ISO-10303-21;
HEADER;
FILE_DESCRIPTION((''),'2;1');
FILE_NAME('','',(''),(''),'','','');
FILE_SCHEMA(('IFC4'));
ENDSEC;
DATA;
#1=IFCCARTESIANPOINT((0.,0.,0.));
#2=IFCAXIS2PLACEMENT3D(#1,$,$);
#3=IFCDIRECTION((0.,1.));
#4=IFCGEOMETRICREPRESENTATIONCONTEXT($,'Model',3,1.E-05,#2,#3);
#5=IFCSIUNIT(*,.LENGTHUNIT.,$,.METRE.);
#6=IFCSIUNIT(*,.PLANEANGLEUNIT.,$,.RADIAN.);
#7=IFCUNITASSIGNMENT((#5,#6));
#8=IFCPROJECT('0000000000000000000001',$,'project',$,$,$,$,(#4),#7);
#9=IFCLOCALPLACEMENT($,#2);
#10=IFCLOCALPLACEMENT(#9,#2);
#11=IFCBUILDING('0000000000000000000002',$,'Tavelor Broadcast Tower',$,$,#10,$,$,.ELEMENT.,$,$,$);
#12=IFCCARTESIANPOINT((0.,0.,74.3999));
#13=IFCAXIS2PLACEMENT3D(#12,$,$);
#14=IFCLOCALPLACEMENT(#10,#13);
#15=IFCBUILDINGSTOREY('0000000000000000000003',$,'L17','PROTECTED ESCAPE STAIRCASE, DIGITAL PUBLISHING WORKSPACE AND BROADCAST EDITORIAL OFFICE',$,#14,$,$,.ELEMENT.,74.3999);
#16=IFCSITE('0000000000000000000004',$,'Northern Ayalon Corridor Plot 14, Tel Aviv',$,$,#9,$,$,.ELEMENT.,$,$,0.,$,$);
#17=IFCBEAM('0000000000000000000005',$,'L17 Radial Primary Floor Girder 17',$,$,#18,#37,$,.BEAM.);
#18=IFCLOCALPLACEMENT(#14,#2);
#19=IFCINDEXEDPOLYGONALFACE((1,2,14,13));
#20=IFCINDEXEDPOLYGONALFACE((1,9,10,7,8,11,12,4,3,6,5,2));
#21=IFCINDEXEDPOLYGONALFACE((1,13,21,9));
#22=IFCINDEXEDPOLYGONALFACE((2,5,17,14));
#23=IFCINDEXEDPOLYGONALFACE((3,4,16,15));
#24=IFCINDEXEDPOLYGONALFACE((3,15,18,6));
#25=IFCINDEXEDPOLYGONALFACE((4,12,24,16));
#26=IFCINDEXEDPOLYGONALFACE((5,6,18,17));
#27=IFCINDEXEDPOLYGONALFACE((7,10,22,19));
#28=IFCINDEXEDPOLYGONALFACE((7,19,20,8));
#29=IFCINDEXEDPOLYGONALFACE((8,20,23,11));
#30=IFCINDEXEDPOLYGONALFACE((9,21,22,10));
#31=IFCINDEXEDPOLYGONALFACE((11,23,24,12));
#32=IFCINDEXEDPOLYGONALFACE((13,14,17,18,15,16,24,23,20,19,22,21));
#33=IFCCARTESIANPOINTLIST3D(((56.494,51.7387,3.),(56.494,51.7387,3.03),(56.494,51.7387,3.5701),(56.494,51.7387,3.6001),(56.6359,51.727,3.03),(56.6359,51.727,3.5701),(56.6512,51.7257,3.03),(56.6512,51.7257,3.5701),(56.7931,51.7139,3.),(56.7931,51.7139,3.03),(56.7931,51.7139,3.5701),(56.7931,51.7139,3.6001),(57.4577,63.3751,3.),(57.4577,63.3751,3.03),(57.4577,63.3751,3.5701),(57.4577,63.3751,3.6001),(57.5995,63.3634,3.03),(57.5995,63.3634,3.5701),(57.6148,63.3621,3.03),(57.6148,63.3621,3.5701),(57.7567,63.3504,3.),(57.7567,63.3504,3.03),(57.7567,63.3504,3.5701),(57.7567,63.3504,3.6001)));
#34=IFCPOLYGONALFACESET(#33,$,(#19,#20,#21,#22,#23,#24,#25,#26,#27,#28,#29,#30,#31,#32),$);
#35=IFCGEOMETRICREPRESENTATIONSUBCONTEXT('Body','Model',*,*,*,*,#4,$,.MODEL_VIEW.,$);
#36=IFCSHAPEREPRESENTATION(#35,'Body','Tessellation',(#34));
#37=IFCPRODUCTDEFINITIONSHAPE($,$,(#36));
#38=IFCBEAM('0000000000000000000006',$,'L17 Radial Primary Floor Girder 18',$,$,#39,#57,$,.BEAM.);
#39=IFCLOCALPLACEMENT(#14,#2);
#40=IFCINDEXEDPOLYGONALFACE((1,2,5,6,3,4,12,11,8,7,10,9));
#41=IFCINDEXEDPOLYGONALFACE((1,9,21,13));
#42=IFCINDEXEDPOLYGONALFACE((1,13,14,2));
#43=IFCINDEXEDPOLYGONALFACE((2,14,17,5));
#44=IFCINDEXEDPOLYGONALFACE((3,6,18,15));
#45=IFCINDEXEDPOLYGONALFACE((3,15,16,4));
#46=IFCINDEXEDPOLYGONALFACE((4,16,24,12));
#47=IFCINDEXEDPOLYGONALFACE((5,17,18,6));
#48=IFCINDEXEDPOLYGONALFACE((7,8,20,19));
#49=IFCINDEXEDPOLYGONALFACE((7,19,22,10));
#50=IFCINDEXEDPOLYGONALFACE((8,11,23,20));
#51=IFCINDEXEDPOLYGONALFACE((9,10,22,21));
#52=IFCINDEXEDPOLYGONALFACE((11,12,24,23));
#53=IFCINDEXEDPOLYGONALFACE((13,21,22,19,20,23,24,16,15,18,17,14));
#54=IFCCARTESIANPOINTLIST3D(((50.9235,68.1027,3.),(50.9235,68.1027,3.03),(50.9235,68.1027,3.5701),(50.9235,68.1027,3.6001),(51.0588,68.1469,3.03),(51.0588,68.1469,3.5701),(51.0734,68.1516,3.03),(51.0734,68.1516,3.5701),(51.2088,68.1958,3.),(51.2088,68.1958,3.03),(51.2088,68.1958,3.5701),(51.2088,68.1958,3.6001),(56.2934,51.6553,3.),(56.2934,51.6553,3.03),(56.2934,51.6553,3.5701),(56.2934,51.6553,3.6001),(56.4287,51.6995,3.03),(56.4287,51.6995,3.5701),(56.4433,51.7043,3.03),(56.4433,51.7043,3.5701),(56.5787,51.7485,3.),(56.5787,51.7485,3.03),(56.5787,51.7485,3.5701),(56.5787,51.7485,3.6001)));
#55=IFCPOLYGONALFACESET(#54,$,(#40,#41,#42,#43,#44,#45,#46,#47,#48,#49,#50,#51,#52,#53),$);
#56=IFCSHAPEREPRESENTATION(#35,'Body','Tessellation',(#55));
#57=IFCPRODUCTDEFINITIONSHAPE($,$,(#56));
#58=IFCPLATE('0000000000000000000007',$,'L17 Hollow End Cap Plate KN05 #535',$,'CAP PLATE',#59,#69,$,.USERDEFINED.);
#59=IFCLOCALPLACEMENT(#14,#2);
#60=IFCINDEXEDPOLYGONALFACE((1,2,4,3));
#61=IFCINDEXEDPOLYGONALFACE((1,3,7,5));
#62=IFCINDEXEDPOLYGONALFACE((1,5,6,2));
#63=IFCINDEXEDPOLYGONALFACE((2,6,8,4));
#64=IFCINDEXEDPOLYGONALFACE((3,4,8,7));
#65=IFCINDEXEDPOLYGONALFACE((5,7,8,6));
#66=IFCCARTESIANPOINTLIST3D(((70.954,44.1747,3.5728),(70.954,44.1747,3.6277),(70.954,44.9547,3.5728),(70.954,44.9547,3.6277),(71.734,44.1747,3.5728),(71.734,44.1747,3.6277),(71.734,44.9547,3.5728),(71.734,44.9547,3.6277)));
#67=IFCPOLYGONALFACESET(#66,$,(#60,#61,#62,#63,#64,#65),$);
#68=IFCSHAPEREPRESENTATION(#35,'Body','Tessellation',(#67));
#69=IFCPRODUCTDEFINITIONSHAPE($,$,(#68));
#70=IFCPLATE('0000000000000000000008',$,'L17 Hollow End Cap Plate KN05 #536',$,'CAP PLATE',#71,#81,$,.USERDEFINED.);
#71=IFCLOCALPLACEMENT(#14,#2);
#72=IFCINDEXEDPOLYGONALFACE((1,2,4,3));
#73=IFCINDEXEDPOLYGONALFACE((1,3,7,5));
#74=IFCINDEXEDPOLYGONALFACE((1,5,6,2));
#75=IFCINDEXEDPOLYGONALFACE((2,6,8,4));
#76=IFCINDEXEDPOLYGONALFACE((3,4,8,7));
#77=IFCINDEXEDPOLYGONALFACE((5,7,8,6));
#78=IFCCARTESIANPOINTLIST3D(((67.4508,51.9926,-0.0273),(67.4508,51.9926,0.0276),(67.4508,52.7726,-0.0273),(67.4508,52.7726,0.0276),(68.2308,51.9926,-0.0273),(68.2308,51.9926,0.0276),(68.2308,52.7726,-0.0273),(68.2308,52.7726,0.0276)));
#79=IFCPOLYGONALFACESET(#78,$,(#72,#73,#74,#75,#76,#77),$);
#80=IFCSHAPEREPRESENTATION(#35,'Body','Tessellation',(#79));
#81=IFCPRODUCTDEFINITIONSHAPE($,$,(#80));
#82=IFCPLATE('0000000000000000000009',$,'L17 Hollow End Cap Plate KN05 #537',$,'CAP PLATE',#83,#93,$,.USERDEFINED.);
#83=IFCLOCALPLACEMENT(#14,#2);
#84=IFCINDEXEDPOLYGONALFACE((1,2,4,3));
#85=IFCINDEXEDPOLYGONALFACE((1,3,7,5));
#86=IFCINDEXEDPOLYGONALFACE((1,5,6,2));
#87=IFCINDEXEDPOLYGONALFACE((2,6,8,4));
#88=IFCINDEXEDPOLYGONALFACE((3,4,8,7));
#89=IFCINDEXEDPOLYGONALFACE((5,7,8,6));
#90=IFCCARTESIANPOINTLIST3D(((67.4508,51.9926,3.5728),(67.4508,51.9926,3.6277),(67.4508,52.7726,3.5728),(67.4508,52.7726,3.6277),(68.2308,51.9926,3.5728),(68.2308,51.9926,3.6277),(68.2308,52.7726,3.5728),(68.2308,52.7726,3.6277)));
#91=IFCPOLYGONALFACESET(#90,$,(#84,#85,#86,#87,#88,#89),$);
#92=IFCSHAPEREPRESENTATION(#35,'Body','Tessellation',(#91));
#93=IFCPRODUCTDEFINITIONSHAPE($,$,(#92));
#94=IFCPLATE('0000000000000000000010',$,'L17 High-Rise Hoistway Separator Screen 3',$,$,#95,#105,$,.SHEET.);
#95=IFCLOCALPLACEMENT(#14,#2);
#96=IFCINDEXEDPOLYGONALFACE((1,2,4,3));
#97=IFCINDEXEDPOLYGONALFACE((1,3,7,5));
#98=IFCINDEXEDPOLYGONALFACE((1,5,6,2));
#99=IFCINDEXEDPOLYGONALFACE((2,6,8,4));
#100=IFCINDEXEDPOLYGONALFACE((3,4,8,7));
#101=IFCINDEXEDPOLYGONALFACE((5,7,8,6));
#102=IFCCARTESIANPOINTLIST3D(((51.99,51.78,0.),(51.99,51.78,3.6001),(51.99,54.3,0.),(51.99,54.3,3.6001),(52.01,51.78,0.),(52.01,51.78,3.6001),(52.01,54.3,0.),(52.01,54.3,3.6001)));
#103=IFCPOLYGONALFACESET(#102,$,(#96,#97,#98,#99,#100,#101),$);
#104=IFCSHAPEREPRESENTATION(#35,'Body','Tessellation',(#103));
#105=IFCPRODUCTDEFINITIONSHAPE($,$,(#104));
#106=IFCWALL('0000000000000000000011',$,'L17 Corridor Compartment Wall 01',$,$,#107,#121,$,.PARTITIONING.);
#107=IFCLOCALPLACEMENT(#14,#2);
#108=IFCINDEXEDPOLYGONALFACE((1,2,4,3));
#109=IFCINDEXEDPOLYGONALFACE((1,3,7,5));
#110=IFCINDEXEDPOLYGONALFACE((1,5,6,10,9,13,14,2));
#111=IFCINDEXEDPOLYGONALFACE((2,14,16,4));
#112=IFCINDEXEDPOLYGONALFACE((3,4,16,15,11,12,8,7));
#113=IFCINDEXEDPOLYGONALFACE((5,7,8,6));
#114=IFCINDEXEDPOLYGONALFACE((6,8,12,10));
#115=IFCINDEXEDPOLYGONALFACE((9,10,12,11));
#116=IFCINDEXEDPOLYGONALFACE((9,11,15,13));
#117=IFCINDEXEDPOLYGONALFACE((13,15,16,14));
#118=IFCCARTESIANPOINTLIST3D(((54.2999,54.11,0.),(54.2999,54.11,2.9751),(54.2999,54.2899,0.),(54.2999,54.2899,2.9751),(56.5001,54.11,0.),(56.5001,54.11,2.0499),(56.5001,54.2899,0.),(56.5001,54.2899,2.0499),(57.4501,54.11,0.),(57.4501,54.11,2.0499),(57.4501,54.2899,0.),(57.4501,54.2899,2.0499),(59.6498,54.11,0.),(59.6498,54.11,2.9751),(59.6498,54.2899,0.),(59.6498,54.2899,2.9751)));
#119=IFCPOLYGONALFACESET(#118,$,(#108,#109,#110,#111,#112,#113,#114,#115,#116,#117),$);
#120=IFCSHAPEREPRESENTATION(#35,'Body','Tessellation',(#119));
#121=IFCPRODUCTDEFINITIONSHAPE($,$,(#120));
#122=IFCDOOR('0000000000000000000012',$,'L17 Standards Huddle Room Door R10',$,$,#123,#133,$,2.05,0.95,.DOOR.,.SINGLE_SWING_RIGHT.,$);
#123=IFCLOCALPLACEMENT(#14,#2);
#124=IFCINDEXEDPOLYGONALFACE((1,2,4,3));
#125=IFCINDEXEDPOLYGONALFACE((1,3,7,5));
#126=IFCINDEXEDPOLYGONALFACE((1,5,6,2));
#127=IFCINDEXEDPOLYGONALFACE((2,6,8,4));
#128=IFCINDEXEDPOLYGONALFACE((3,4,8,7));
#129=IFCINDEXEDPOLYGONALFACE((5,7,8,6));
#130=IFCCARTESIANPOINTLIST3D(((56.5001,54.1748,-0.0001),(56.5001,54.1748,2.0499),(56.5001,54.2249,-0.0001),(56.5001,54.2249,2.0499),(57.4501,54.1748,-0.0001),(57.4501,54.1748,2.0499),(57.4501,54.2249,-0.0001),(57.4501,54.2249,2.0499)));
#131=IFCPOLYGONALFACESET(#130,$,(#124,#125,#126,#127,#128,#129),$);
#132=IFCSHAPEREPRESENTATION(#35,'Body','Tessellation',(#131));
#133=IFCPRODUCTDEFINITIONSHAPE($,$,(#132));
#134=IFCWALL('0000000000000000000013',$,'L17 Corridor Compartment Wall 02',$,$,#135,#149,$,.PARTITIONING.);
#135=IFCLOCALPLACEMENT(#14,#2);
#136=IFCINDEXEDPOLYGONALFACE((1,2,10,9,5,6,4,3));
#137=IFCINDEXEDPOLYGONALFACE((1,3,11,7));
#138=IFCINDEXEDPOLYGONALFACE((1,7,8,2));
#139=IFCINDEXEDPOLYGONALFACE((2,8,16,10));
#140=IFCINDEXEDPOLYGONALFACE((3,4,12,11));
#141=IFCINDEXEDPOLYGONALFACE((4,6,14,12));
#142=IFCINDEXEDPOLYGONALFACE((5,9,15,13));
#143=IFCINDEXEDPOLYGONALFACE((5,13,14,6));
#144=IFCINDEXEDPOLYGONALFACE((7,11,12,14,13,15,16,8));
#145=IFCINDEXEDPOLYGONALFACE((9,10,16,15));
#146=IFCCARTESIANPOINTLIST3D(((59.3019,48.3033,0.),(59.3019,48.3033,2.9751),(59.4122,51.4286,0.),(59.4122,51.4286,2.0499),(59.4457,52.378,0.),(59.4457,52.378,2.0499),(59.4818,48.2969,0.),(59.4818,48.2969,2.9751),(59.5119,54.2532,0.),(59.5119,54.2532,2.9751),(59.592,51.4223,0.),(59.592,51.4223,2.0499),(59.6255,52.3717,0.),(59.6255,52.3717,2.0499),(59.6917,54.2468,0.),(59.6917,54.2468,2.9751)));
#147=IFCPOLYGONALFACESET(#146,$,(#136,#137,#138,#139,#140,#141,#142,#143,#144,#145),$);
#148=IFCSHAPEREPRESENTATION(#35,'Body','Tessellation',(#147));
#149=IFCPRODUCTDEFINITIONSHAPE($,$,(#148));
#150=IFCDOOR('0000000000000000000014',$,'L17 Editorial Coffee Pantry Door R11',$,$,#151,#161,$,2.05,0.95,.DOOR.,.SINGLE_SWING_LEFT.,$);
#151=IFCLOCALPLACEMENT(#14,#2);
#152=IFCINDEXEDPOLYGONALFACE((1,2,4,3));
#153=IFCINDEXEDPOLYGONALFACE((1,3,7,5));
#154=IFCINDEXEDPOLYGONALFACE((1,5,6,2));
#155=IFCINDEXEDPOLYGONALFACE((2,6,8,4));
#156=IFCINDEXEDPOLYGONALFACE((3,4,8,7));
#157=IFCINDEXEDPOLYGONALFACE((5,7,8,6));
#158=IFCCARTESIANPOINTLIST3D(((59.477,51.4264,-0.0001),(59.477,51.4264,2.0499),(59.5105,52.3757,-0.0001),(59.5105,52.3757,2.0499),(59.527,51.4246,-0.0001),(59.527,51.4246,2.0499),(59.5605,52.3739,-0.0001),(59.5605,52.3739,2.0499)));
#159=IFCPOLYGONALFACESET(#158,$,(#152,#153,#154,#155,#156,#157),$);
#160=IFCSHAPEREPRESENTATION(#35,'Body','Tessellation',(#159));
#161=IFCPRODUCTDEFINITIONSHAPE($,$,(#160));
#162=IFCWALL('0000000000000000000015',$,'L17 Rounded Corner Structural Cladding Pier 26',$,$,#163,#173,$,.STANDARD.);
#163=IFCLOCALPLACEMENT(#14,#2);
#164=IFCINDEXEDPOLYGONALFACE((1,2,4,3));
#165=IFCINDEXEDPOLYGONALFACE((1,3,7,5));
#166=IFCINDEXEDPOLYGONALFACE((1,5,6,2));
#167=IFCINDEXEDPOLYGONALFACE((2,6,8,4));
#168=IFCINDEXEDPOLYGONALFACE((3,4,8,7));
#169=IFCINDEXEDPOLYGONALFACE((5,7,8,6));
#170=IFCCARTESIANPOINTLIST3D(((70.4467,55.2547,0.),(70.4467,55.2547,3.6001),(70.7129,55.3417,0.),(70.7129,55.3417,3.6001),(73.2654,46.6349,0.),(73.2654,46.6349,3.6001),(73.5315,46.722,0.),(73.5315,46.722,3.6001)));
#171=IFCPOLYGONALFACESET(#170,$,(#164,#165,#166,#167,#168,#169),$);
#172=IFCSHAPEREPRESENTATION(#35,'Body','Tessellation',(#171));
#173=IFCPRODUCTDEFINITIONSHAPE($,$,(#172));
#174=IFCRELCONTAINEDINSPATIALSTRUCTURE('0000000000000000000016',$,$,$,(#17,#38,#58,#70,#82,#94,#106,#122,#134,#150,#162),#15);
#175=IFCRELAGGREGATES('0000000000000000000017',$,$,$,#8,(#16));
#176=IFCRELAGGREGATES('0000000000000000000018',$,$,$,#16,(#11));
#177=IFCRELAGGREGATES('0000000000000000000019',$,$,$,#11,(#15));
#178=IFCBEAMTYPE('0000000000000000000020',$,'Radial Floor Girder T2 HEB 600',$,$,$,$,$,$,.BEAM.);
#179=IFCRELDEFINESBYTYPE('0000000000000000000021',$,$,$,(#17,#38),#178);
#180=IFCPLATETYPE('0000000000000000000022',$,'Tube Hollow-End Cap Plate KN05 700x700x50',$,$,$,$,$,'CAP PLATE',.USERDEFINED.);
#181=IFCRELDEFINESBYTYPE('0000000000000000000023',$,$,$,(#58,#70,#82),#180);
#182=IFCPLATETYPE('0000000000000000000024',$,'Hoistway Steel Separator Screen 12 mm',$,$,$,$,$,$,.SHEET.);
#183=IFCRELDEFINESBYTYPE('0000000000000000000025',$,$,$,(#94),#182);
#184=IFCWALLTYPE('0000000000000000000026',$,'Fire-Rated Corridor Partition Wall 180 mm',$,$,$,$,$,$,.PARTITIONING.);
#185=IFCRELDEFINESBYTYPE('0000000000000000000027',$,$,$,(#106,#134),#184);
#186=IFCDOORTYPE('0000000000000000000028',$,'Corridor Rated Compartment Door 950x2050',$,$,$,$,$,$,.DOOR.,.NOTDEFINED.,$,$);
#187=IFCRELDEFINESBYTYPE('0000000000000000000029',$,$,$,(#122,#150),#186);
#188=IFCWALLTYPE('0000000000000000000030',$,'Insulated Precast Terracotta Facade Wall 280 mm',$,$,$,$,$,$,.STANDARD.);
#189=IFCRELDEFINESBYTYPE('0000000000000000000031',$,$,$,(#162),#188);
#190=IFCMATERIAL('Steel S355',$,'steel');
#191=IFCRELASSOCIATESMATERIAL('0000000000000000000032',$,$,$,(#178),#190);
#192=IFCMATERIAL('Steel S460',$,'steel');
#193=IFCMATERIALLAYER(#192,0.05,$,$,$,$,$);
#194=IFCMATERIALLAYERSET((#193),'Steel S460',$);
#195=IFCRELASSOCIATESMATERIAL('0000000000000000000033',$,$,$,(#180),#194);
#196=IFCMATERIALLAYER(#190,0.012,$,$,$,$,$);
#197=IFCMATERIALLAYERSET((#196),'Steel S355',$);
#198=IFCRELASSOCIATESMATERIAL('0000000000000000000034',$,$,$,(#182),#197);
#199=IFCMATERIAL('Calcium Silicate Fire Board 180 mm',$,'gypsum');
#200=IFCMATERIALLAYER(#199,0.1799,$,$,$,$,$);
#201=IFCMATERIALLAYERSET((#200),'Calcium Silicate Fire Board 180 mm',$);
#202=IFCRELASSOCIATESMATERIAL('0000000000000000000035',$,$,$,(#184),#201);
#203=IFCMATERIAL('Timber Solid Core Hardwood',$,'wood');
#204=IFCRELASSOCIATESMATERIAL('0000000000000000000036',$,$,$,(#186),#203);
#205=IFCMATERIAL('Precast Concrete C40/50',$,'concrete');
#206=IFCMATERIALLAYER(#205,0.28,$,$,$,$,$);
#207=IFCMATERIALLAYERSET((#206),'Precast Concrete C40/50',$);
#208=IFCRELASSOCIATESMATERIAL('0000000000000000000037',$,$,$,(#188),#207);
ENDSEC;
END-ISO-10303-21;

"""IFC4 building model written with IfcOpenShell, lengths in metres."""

from ifc_helpers import new_model, si_unit, direction, frame, frame_2d, origin, origin_2d, place, context, subcontext, project, spatial, rectangle, i_section, extrude, source, transform, mapped, material, layer, layer_set, material_profile, profile_set, type_object, type_shapes, element, fill, save


model = new_model("IFC4")

# Units and contexts
model_context = context("Model", 3, precision=1e-05, world=origin(), true_north=direction((0.0, 1.0)))
body_context = subcontext(model_context, "Body", "Model", "MODEL_VIEW")
ifc_project = project(units=[si_unit("LENGTHUNIT", "METRE"), si_unit("PLANEANGLEUNIT", "RADIAN")], contexts=[model_context])

# Site, building, storey
site_placement = place(None, origin())
site = spatial("IfcSite", under=ifc_project, at=site_placement, Name="Northern Ayalon Corridor Plot 14, Tel Aviv", CompositionType="ELEMENT", RefElevation=0.0)
building_placement = place(site_placement, origin())
building = spatial("IfcBuilding", under=site, at=building_placement, Name="Tavelor Broadcast Tower", CompositionType="ELEMENT")
storey_placement = place(building_placement, frame((0.0, 0.0, 74.3999)))
storey = spatial("IfcBuildingStorey", under=building, at=storey_placement, Name="L17", Description="PROTECTED ESCAPE STAIRCASE, DIGITAL PUBLISHING WORKSPACE AND BROADCAST EDITORIAL OFFICE", CompositionType="ELEMENT", Elevation=74.3999)

# Shared definitions
ifc_material_1 = material(Name="Steel S460", Category="steel")

# Beams
ifc_material_2 = material(Name="Steel S355", Category="steel")
ifc_material_profile_1 = material_profile(ifc_material_2, i_section(OverallWidth=0.3, OverallDepth=0.6001, WebThickness=0.0154, FlangeThickness=0.03, at=origin_2d()), Name="HEB 600")
ifc_profile_set_1 = profile_set([ifc_material_profile_1], Name="Steel S355")
beam_type_1 = type_object("IfcBeamType", Name="Radial Floor Girder T2 HEB 600", PredefinedType="BEAM", material=ifc_profile_set_1)
beam_1_placement = place(storey_placement, frame((56.6436, 51.7263, 3.3), z_axis=(0.082528, 0.996589, 0.0), x_axis=(-0.996589, 0.082528, 0.0)))
element("IfcBeam", 1, at=beam_1_placement, inside=storey, type_object=beam_type_1, Name="L17 Radial Primary Floor Girder 17", PredefinedType="BEAM", context=body_context, shape_type="SweptSolid", body=[
    extrude(i_section(OverallWidth=0.3, OverallDepth=0.6001, WebThickness=0.0154, FlangeThickness=0.03, at=origin_2d()), origin(), (0.0, 0.0, 1.0), 11.6763),
])
beam_2_placement = place(storey_placement, frame((56.436, 51.7019, 3.3), z_axis=(-0.310367, 0.950617, 0.0), x_axis=(-0.950617, -0.310367, 0.0)))
element("IfcBeam", 2, at=beam_2_placement, inside=storey, type_object=beam_type_1, Name="L17 Radial Primary Floor Girder 18", PredefinedType="BEAM", context=body_context, shape_type="SweptSolid", body=[
    extrude(i_section(OverallWidth=0.3, OverallDepth=0.6001, WebThickness=0.0154, FlangeThickness=0.03, at=origin_2d()), origin(), (0.0, 0.0, 1.0), 17.3018),
])

# Plates
ifc_layer_1 = layer(ifc_material_1, 0.05)
ifc_layer_set_1 = layer_set([ifc_layer_1], Name="Steel S460")
plate_type_1 = type_object("IfcPlateType", Name="Tube Hollow-End Cap Plate KN05 700x700x50", ElementType="CAP PLATE", PredefinedType="USERDEFINED", material=ifc_layer_set_1)
shared_shape_1 = source(origin(), body_context, "Body", "SweptSolid", [
    extrude(rectangle(XDim=0.78, YDim=0.78, at=origin_2d()), origin(), (0.0, 0.0, 1.0), 0.0549),
])
type_shapes(plate_type_1, [shared_shape_1])
for number, where, z_axis, x_axis, name in (
    (3, (71.344, 44.5647, 3.5728), (0.0, 0.0, 1.0), (1.0, 0.0, 0.0), "L17 Hollow End Cap Plate KN05 #535"),
    (4, (67.8408, 52.3826, -0.0273), (0.0, 0.0, 1.0), (1.0, 0.0, 0.0), "L17 Hollow End Cap Plate KN05 #536"),
    (5, (67.8408, 52.3826, 3.5728), (0.0, 0.0, 1.0), (1.0, 0.0, 0.0), "L17 Hollow End Cap Plate KN05 #537"),
):
    element("IfcPlate", number, at=place(storey_placement, frame(where, z_axis=z_axis, x_axis=x_axis)), inside=storey, type_object=plate_type_1, Name=name, ObjectType="CAP PLATE", PredefinedType="USERDEFINED", context=body_context, shape_type="MappedRepresentation", body=[
        mapped(shared_shape_1, transform((0.0, 0.0, 0.0), scale=1.0)),
    ])
ifc_layer_2 = layer(ifc_material_2, 0.012)
ifc_layer_set_2 = layer_set([ifc_layer_2], Name="Steel S355")
plate_type_2 = type_object("IfcPlateType", Name="Hoistway Steel Separator Screen 12 mm", PredefinedType="SHEET", material=ifc_layer_set_2)
shared_shape_2 = source(origin(), body_context, "Body", "SweptSolid", [
    extrude(rectangle(XDim=0.02, YDim=2.52, at=origin_2d()), origin(), (0.0, 0.0, 1.0), 3.6001),
])
type_shapes(plate_type_2, [shared_shape_2])
plate_placement = place(storey_placement, frame((52.0, 53.04, 0.0), z_axis=(0.0, 0.0, 1.0), x_axis=(1.0, 0.0, 0.0)))
element("IfcPlate", 6, at=plate_placement, inside=storey, type_object=plate_type_2, Name="L17 High-Rise Hoistway Separator Screen 3", PredefinedType="SHEET", context=body_context, shape_type="MappedRepresentation", body=[
    mapped(shared_shape_2, transform((0.0, 0.0, 0.0), scale=1.0)),
])

# Walls, openings, doors
ifc_material_3 = material(Name="Calcium Silicate Fire Board 180 mm", Category="gypsum")
ifc_layer_3 = layer(ifc_material_3, 0.1799)
ifc_layer_set_3 = layer_set([ifc_layer_3], Name="Calcium Silicate Fire Board 180 mm")
wall_type_1 = type_object("IfcWallType", Name="Fire-Rated Corridor Partition Wall 180 mm", PredefinedType="PARTITIONING", material=ifc_layer_set_3)
wall_1_placement = place(storey_placement, frame((54.3, 54.2, 0.0), z_axis=(0.0, 0.0, 1.0), x_axis=(1.0, 0.0, 0.0)))
wall_1 = element("IfcWall", 7, at=wall_1_placement, inside=storey, type_object=wall_type_1, Name="L17 Corridor Compartment Wall 01", PredefinedType="PARTITIONING", context=body_context, shape_type="SweptSolid", body=[
    extrude(rectangle(XDim=5.3499, YDim=0.1799, at=frame_2d((2.6748, 0.0))), origin(), (0.0, 0.0, 1.0), 2.9751),
])
opening_1_placement = place(wall_1_placement, frame((2.2, 0.0, 0.0)))
opening_1 = element("IfcOpeningElement", 8, at=opening_1_placement, cuts=wall_1, PredefinedType="OPENING", context=body_context, shape_type="SweptSolid", body=[
    extrude(rectangle(XDim=0.95, YDim=2.05, at=frame_2d((0.4751, 1.0249))), frame((0.0, 0.1001, 0.0), z_axis=(0.0, -1.0, 0.0), x_axis=(1.0, 0.0, 0.0)), (0.0, 0.0, 1.0), 0.2),
])
ifc_material_4 = material(Name="Timber Solid Core Hardwood", Category="wood")
door_type = type_object("IfcDoorType", Name="Corridor Rated Compartment Door 950x2050", OperationType="NOTDEFINED", PredefinedType="DOOR", material=ifc_material_4)
door_1_placement = place(opening_1_placement, origin())
door_1 = element("IfcDoor", 9, at=door_1_placement, inside=storey, type_object=door_type, Name="L17 Standards Huddle Room Door R10", OperationType="SINGLE_SWING_RIGHT", OverallHeight=2.05, OverallWidth=0.95, PredefinedType="DOOR", context=body_context, shape_type="SweptSolid", body=[
    extrude(rectangle(XDim=0.95, YDim=2.05, at=frame_2d((0.4751, 1.0249))), frame((0.0, 0.0249, 0.0), z_axis=(0.0, -1.0, 0.0), x_axis=(1.0, 0.0, 0.0)), (0.0, 0.0, 1.0), 0.05),
])
fill(opening_1, door_1)
wall_2_placement = place(storey_placement, frame((59.6018, 54.25, 0.0), z_axis=(0.0, 0.0, 1.0), x_axis=(-0.035266, -0.999378, 0.0)))
wall_2 = element("IfcWall", 10, at=wall_2_placement, inside=storey, type_object=wall_type_1, Name="L17 Corridor Compartment Wall 02", PredefinedType="PARTITIONING", context=body_context, shape_type="SweptSolid", body=[
    extrude(rectangle(XDim=5.9536, YDim=0.1799, at=frame_2d((2.9768, 0.0))), origin(), (0.0, 0.0, 1.0), 2.9751),
])
opening_2_placement = place(wall_2_placement, frame((1.8762, 0.0, 0.0)))
opening_2 = element("IfcOpeningElement", 11, at=opening_2_placement, cuts=wall_2, PredefinedType="OPENING", context=body_context, shape_type="SweptSolid", body=[
    extrude(rectangle(XDim=0.95, YDim=2.05, at=frame_2d((0.4751, 1.0249))), frame((0.0, 0.1001, 0.0), z_axis=(0.0, -1.0, 0.0), x_axis=(1.0, 0.0, 0.0)), (0.0, 0.0, 1.0), 0.2),
])
door_2_placement = place(opening_2_placement, origin())
door_2 = element("IfcDoor", 12, at=door_2_placement, inside=storey, type_object=door_type, Name="L17 Editorial Coffee Pantry Door R11", OperationType="SINGLE_SWING_LEFT", OverallHeight=2.05, OverallWidth=0.95, PredefinedType="DOOR", context=body_context, shape_type="SweptSolid", body=[
    extrude(rectangle(XDim=0.95, YDim=2.05, at=frame_2d((0.4751, 1.0249))), frame((0.0, 0.0249, 0.0), z_axis=(0.0, -1.0, 0.0), x_axis=(1.0, 0.0, 0.0)), (0.0, 0.0, 1.0), 0.05),
])
fill(opening_2, door_2)

# Wall
ifc_material_5 = material(Name="Precast Concrete C40/50", Category="concrete")
ifc_layer_4 = layer(ifc_material_5, 0.28)
ifc_layer_set_4 = layer_set([ifc_layer_4], Name="Precast Concrete C40/50")
wall_type_2 = type_object("IfcWallType", Name="Insulated Precast Terracotta Facade Wall 280 mm", PredefinedType="STANDARD", material=ifc_layer_set_4)
wall_3_placement = place(storey_placement, frame((73.3984, 46.6785, 0.0), z_axis=(0.0, 0.0, 1.0), x_axis=(-0.310803, 0.950474, 0.0)))
element("IfcWall", 13, at=wall_3_placement, inside=storey, type_object=wall_type_2, Name="L17 Rounded Corner Structural Cladding Pier 26", PredefinedType="STANDARD", context=body_context, shape_type="SweptSolid", body=[
    extrude(rectangle(XDim=9.0688, YDim=0.28, at=frame_2d((4.5344, 0.0))), origin(), (0.0, 0.0, 1.0), 3.6001),
])

save(model, "model.ifc")
